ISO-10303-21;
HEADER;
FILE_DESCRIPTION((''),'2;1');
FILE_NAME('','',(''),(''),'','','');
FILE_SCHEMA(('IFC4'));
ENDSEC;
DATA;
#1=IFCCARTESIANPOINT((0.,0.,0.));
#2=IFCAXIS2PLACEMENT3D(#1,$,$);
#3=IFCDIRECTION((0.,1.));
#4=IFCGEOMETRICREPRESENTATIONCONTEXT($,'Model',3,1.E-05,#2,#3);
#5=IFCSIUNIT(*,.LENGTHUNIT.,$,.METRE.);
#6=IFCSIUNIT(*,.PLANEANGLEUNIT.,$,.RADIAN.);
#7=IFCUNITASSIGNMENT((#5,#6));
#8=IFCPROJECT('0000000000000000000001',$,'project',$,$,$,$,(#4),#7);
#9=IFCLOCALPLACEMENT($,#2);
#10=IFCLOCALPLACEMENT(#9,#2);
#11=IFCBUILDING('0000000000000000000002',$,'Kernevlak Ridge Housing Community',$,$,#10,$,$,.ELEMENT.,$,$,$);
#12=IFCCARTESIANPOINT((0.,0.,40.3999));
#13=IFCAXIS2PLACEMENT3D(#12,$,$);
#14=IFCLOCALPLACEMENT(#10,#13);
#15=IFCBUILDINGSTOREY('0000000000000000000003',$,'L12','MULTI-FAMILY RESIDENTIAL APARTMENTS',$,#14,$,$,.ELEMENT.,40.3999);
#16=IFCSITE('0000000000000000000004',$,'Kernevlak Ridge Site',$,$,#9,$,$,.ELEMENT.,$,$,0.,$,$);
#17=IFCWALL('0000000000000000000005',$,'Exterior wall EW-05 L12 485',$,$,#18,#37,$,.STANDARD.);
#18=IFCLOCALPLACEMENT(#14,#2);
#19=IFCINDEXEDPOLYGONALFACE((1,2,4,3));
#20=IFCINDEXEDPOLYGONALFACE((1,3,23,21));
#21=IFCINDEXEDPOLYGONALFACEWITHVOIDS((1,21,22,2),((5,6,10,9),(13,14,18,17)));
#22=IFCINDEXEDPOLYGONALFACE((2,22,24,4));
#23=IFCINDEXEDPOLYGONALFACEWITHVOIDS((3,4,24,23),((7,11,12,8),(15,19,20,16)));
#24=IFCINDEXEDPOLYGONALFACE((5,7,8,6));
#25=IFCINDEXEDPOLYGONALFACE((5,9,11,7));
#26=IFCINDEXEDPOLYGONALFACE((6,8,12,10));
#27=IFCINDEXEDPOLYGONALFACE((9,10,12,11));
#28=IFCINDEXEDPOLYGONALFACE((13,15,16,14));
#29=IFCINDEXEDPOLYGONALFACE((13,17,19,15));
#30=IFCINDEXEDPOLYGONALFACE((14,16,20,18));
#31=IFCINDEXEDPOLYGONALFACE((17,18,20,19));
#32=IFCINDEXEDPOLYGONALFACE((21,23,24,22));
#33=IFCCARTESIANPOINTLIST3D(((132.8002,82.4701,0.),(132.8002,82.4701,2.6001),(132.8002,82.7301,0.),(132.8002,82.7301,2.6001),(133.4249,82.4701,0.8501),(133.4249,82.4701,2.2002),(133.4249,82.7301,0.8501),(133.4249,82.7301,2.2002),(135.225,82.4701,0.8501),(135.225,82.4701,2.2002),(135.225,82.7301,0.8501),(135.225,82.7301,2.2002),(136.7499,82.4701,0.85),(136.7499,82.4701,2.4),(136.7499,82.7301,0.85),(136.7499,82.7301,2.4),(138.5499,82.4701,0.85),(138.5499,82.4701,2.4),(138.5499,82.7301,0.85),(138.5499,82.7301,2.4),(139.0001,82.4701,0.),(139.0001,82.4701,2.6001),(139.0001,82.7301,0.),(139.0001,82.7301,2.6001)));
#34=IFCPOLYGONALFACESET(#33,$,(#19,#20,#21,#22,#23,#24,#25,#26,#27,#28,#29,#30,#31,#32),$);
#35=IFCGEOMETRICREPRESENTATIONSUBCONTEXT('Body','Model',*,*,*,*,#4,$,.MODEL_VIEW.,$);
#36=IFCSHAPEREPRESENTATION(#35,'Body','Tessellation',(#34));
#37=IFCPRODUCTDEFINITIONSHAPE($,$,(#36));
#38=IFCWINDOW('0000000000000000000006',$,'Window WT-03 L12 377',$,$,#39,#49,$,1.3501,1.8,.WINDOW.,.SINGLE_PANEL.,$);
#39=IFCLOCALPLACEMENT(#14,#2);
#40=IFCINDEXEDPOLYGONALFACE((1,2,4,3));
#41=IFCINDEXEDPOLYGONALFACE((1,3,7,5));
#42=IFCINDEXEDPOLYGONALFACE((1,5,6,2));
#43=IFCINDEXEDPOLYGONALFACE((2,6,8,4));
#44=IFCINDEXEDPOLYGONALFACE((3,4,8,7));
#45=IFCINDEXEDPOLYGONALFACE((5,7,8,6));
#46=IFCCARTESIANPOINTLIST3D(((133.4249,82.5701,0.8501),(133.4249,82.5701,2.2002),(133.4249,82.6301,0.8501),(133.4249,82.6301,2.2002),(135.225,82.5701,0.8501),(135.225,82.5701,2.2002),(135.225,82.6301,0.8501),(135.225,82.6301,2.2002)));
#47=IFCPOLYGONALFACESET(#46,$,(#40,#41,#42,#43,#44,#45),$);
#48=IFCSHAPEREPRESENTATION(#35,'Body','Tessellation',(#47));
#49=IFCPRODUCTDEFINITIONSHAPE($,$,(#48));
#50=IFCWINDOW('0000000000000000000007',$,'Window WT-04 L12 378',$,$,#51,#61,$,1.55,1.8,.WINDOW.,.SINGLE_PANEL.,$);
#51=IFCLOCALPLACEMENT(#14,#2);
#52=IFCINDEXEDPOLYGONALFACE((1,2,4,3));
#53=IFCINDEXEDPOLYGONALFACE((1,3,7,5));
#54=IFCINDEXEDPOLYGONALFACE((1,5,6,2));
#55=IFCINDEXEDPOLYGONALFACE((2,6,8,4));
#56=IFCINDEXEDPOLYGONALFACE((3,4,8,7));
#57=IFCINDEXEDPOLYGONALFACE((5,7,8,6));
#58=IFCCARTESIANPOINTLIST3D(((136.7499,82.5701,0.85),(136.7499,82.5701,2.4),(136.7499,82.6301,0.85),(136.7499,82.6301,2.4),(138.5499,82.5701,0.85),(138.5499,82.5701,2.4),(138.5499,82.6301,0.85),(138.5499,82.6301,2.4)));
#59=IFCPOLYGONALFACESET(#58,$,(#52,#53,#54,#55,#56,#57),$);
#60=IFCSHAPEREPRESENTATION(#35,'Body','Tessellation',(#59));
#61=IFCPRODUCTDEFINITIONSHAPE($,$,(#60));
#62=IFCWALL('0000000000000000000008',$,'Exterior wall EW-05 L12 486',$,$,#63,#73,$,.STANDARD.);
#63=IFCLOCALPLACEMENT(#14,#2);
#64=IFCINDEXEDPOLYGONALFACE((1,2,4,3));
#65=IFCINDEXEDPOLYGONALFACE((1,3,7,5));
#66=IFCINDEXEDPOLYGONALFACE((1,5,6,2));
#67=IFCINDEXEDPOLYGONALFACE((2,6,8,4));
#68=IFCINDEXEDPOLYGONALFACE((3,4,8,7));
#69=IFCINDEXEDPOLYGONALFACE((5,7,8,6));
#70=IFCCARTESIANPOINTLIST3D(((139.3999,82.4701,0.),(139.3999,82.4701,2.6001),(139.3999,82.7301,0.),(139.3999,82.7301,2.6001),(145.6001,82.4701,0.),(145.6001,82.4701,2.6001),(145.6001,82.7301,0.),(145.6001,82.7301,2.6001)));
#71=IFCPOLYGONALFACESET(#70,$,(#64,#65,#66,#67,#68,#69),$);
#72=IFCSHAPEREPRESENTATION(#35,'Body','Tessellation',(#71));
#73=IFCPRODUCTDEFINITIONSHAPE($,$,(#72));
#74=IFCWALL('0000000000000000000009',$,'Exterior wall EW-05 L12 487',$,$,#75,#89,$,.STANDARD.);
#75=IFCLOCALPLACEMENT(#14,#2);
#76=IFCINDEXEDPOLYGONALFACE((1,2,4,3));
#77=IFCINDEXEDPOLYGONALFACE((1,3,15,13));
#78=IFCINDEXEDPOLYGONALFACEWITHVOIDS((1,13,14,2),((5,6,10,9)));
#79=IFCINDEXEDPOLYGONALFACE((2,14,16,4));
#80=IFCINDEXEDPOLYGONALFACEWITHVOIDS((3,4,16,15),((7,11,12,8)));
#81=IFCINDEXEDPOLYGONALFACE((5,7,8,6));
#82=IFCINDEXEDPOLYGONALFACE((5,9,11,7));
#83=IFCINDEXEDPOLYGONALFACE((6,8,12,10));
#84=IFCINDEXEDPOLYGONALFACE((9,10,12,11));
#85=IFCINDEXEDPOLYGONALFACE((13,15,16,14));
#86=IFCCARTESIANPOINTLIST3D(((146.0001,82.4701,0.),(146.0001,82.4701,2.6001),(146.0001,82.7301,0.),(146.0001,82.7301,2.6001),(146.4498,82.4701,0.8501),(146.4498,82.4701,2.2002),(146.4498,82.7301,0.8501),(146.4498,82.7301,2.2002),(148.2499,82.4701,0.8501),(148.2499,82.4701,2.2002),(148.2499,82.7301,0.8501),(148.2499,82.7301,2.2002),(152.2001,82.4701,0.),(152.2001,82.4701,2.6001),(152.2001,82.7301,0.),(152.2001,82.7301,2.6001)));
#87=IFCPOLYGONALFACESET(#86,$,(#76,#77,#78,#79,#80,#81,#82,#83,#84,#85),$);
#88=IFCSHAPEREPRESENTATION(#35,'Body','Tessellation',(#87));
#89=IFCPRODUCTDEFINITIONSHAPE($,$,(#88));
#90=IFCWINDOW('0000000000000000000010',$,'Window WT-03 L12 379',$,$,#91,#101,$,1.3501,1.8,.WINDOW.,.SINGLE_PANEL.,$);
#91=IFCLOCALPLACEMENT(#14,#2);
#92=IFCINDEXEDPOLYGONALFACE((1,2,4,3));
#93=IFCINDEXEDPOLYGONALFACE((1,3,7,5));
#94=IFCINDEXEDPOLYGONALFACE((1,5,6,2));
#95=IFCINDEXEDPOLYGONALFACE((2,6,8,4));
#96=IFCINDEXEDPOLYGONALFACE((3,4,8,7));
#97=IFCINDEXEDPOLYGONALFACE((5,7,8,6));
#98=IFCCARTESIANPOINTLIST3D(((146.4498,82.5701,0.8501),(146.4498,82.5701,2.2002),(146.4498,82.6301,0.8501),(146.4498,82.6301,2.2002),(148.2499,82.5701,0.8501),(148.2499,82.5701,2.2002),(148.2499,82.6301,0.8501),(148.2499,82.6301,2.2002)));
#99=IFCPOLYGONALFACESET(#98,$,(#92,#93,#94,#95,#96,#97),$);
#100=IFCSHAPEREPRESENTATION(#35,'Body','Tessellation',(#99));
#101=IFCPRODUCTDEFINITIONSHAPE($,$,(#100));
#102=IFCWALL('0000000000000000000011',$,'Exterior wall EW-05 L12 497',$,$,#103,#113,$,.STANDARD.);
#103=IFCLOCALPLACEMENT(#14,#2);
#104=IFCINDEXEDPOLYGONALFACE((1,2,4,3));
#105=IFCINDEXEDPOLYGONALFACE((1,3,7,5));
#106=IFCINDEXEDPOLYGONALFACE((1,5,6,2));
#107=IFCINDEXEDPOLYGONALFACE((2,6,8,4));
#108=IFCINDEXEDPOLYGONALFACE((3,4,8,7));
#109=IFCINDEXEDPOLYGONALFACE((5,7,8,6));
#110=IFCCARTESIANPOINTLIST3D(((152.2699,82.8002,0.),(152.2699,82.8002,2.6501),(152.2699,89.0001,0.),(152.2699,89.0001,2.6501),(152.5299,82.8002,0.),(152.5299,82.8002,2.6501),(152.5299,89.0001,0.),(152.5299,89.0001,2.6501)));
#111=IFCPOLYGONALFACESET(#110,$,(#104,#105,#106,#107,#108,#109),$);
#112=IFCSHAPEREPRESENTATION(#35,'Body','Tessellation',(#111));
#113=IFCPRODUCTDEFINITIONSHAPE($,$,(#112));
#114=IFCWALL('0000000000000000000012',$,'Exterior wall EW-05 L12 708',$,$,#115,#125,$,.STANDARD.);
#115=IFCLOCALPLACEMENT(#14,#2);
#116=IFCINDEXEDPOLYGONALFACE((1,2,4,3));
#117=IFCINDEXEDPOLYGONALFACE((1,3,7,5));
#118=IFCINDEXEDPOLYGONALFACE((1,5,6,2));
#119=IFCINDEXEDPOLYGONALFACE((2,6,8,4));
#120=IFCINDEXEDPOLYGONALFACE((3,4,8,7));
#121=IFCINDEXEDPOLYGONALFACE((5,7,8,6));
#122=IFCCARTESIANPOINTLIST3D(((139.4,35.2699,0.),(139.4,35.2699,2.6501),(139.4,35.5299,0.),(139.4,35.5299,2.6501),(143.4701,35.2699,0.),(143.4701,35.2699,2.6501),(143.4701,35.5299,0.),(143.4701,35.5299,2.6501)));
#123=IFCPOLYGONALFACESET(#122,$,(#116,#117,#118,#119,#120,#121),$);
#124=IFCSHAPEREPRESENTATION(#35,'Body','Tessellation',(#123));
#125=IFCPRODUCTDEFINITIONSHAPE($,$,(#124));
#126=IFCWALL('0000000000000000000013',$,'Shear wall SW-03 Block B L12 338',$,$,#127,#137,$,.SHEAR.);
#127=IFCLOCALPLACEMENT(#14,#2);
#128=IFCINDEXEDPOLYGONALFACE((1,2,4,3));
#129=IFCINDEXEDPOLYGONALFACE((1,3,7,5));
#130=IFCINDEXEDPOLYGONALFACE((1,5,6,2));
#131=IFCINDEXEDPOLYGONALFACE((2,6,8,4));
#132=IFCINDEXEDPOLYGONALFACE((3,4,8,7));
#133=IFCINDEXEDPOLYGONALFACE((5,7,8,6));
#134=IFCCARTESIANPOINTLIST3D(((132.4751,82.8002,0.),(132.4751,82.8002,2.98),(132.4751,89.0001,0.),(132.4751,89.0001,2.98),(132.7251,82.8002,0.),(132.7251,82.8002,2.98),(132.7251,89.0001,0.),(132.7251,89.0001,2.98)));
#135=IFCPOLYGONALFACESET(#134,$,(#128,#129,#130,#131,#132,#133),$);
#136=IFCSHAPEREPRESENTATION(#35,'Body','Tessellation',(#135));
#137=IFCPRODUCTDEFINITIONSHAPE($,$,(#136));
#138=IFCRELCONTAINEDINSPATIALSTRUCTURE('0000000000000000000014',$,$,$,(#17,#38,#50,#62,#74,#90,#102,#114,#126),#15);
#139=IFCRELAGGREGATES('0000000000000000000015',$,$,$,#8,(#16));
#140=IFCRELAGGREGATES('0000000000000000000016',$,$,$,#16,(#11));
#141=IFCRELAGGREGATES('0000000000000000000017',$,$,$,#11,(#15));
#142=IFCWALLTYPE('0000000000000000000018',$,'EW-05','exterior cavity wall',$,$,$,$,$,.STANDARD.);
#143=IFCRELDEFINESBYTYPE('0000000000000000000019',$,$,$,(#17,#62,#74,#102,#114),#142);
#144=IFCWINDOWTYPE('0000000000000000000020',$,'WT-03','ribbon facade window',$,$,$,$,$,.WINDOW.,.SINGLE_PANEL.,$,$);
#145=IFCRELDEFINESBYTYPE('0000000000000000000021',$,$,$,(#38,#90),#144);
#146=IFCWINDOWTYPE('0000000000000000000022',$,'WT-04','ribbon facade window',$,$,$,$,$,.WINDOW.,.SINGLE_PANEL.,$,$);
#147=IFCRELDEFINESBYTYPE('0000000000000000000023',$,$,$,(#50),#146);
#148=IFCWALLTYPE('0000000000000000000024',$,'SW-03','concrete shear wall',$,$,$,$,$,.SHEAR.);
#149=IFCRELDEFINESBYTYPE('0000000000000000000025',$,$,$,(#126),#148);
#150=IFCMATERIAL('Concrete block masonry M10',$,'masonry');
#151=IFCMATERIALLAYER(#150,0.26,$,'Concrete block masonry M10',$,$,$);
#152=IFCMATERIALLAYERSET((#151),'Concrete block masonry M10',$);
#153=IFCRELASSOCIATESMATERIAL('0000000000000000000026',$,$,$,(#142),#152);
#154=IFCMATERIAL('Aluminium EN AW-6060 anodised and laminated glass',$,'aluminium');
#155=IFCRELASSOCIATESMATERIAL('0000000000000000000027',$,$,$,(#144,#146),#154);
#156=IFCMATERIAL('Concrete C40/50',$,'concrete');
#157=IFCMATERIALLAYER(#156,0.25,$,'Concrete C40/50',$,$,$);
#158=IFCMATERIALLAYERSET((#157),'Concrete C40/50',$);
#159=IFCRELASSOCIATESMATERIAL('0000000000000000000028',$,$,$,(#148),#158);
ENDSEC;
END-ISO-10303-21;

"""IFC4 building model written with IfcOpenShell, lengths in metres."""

from ifc_helpers import new_model, si_unit, direction, frame, frame_2d, origin, place, context, subcontext, project, spatial, rectangle, extrude, material, layer, layer_set, type_object, element, fill, save


model = new_model("IFC4")

# Units and contexts
model_context = context("Model", 3, precision=1e-05, world=origin(), true_north=direction((0.0, 1.0)))
body_context = subcontext(model_context, "Body", "Model", "MODEL_VIEW")
ifc_project = project(units=[si_unit("LENGTHUNIT", "METRE"), si_unit("PLANEANGLEUNIT", "RADIAN")], contexts=[model_context])

# Site, building, storey
site_placement = place(None, origin())
site = spatial("IfcSite", under=ifc_project, at=site_placement, Name="Kernevlak Ridge Site", CompositionType="ELEMENT", RefElevation=0.0)
building_placement = place(site_placement, origin())
building = spatial("IfcBuilding", under=site, at=building_placement, Name="Kernevlak Ridge Housing Community", CompositionType="ELEMENT")
storey_placement = place(building_placement, frame((0.0, 0.0, 40.3999)))
storey = spatial("IfcBuildingStorey", under=building, at=storey_placement, Name="L12", Description="MULTI-FAMILY RESIDENTIAL APARTMENTS", CompositionType="ELEMENT", Elevation=40.3999)

# Shared definitions
ifc_material_1 = material(Name="Concrete block masonry M10", Category="masonry")
ifc_layer_1 = layer(ifc_material_1, 0.26, Name="Concrete block masonry M10")
ifc_layer_set_1 = layer_set([ifc_layer_1], Name="Concrete block masonry M10")
wall_type_1 = type_object("IfcWallType", Name="EW-05", Description="exterior cavity wall", PredefinedType="STANDARD", material=ifc_layer_set_1)
ifc_material_2 = material(Name="Aluminium EN AW-6060 anodised and laminated glass", Category="aluminium")

# Wall, openings, windows
wall_1_placement = place(storey_placement, frame((132.8, 82.6001, 0.0), z_axis=(0.0, 0.0, 1.0), x_axis=(1.0, 0.0, 0.0)))
wall_1 = element("IfcWall", 1, at=wall_1_placement, inside=storey, type_object=wall_type_1, Name="Exterior wall EW-05 L12 485", PredefinedType="STANDARD", context=body_context, shape_type="SweptSolid", body=[
    extrude(rectangle(XDim=6.2, YDim=0.26, at=frame_2d((3.1001, 0.0))), origin(), (0.0, 0.0, 1.0), 2.6001),
])
opening_1_placement = place(wall_1_placement, frame((0.625, 0.0, 0.8501)))
opening_1 = element("IfcOpeningElement", 2, at=opening_1_placement, cuts=wall_1, PredefinedType="OPENING", context=body_context, shape_type="SweptSolid", body=[
    extrude(rectangle(XDim=1.8, YDim=1.3501, at=frame_2d((0.8999, 0.675))), frame((0.0, 0.1399, 0.0), z_axis=(0.0, -1.0, 0.0), x_axis=(1.0, 0.0, 0.0)), (0.0, 0.0, 1.0), 0.28),
])
opening_2_placement = place(wall_1_placement, frame((3.95, 0.0, 0.8501)))
opening_2 = element("IfcOpeningElement", 3, at=opening_2_placement, cuts=wall_1, PredefinedType="OPENING", context=body_context, shape_type="SweptSolid", body=[
    extrude(rectangle(XDim=1.8, YDim=1.55, at=frame_2d((0.8999, 0.7749))), frame((0.0, 0.1399, 0.0), z_axis=(0.0, -1.0, 0.0), x_axis=(1.0, 0.0, 0.0)), (0.0, 0.0, 1.0), 0.28),
])
window_type_1 = type_object("IfcWindowType", Name="WT-03", Description="ribbon facade window", PartitioningType="SINGLE_PANEL", PredefinedType="WINDOW", material=ifc_material_2)
window_1_placement = place(opening_1_placement, origin())
window_1 = element("IfcWindow", 4, at=window_1_placement, inside=storey, type_object=window_type_1, Name="Window WT-03 L12 377", OverallHeight=1.3501, OverallWidth=1.8, PartitioningType="SINGLE_PANEL", PredefinedType="WINDOW", context=body_context, shape_type="SweptSolid", body=[
    extrude(rectangle(XDim=1.8, YDim=1.3501, at=frame_2d((0.8999, 0.675))), frame((0.0, 0.03, 0.0), z_axis=(0.0, -1.0, 0.0), x_axis=(1.0, 0.0, 0.0)), (0.0, 0.0, 1.0), 0.0601),
])
fill(opening_1, window_1)
window_type_2 = type_object("IfcWindowType", Name="WT-04", Description="ribbon facade window", PartitioningType="SINGLE_PANEL", PredefinedType="WINDOW", material=ifc_material_2)
window_2_placement = place(opening_2_placement, origin())
window_2 = element("IfcWindow", 5, at=window_2_placement, inside=storey, type_object=window_type_2, Name="Window WT-04 L12 378", OverallHeight=1.55, OverallWidth=1.8, PartitioningType="SINGLE_PANEL", PredefinedType="WINDOW", context=body_context, shape_type="SweptSolid", body=[
    extrude(rectangle(XDim=1.8, YDim=1.55, at=frame_2d((0.8999, 0.7749))), frame((0.0, 0.03, 0.0), z_axis=(0.0, -1.0, 0.0), x_axis=(1.0, 0.0, 0.0)), (0.0, 0.0, 1.0), 0.0601),
])
fill(opening_2, window_2)

# Wall
wall_2_placement = place(storey_placement, frame((139.3999, 82.6001, 0.0), z_axis=(0.0, 0.0, 1.0), x_axis=(1.0, 0.0, 0.0)))
element("IfcWall", 6, at=wall_2_placement, inside=storey, type_object=wall_type_1, Name="Exterior wall EW-05 L12 486", PredefinedType="STANDARD", context=body_context, shape_type="SweptSolid", body=[
    extrude(rectangle(XDim=6.2002, YDim=0.26, at=frame_2d((3.1001, 0.0))), origin(), (0.0, 0.0, 1.0), 2.6001),
])

# Wall, opening, window
wall_3_placement = place(storey_placement, frame((146.0, 82.6001, 0.0), z_axis=(0.0, 0.0, 1.0), x_axis=(1.0, 0.0, 0.0)))
wall_3 = element("IfcWall", 7, at=wall_3_placement, inside=storey, type_object=wall_type_1, Name="Exterior wall EW-05 L12 487", PredefinedType="STANDARD", context=body_context, shape_type="SweptSolid", body=[
    extrude(rectangle(XDim=6.2, YDim=0.26, at=frame_2d((3.1001, 0.0))), origin(), (0.0, 0.0, 1.0), 2.6001),
])
opening_3_placement = place(wall_3_placement, frame((0.45, 0.0, 0.8501)))
opening_3 = element("IfcOpeningElement", 8, at=opening_3_placement, cuts=wall_3, PredefinedType="OPENING", context=body_context, shape_type="SweptSolid", body=[
    extrude(rectangle(XDim=1.8, YDim=1.3501, at=frame_2d((0.8999, 0.675))), frame((0.0, 0.1399, 0.0), z_axis=(0.0, -1.0, 0.0), x_axis=(1.0, 0.0, 0.0)), (0.0, 0.0, 1.0), 0.28),
])
window_3_placement = place(opening_3_placement, origin())
window_3 = element("IfcWindow", 9, at=window_3_placement, inside=storey, type_object=window_type_1, Name="Window WT-03 L12 379", OverallHeight=1.3501, OverallWidth=1.8, PartitioningType="SINGLE_PANEL", PredefinedType="WINDOW", context=body_context, shape_type="SweptSolid", body=[
    extrude(rectangle(XDim=1.8, YDim=1.3501, at=frame_2d((0.8999, 0.675))), frame((0.0, 0.03, 0.0), z_axis=(0.0, -1.0, 0.0), x_axis=(1.0, 0.0, 0.0)), (0.0, 0.0, 1.0), 0.0601),
])
fill(opening_3, window_3)

# Walls
wall_4_placement = place(storey_placement, frame((152.3999, 82.8, 0.0), z_axis=(0.0, 0.0, 1.0), x_axis=(0.0, 1.0, 0.0)))
element("IfcWall", 10, at=wall_4_placement, inside=storey, type_object=wall_type_1, Name="Exterior wall EW-05 L12 497", PredefinedType="STANDARD", context=body_context, shape_type="SweptSolid", body=[
    extrude(rectangle(XDim=6.2, YDim=0.26, at=frame_2d((3.1001, 0.0))), origin(), (0.0, 0.0, 1.0), 2.6501),
])
wall_5_placement = place(storey_placement, frame((139.3999, 35.3999, 0.0), z_axis=(0.0, 0.0, 1.0), x_axis=(1.0, 0.0, 0.0)))
element("IfcWall", 11, at=wall_5_placement, inside=storey, type_object=wall_type_1, Name="Exterior wall EW-05 L12 708", PredefinedType="STANDARD", context=body_context, shape_type="SweptSolid", body=[
    extrude(rectangle(XDim=4.0701, YDim=0.26, at=frame_2d((2.0352, 0.0))), origin(), (0.0, 0.0, 1.0), 2.6501),
])
ifc_material_3 = material(Name="Concrete C40/50", Category="concrete")
ifc_layer_2 = layer(ifc_material_3, 0.25, Name="Concrete C40/50")
ifc_layer_set_2 = layer_set([ifc_layer_2], Name="Concrete C40/50")
wall_type_2 = type_object("IfcWallType", Name="SW-03", Description="concrete shear wall", PredefinedType="SHEAR", material=ifc_layer_set_2)
wall_6_placement = place(storey_placement, frame((132.6001, 82.8, 0.0), z_axis=(0.0, 0.0, 1.0), x_axis=(0.0, 1.0, 0.0)))
element("IfcWall", 12, at=wall_6_placement, inside=storey, type_object=wall_type_2, Name="Shear wall SW-03 Block B L12 338", PredefinedType="SHEAR", context=body_context, shape_type="SweptSolid", body=[
    extrude(rectangle(XDim=6.2, YDim=0.25, at=frame_2d((3.1001, 0.0))), origin(), (0.0, 0.0, 1.0), 2.98),
])

save(model, "model.ifc")
